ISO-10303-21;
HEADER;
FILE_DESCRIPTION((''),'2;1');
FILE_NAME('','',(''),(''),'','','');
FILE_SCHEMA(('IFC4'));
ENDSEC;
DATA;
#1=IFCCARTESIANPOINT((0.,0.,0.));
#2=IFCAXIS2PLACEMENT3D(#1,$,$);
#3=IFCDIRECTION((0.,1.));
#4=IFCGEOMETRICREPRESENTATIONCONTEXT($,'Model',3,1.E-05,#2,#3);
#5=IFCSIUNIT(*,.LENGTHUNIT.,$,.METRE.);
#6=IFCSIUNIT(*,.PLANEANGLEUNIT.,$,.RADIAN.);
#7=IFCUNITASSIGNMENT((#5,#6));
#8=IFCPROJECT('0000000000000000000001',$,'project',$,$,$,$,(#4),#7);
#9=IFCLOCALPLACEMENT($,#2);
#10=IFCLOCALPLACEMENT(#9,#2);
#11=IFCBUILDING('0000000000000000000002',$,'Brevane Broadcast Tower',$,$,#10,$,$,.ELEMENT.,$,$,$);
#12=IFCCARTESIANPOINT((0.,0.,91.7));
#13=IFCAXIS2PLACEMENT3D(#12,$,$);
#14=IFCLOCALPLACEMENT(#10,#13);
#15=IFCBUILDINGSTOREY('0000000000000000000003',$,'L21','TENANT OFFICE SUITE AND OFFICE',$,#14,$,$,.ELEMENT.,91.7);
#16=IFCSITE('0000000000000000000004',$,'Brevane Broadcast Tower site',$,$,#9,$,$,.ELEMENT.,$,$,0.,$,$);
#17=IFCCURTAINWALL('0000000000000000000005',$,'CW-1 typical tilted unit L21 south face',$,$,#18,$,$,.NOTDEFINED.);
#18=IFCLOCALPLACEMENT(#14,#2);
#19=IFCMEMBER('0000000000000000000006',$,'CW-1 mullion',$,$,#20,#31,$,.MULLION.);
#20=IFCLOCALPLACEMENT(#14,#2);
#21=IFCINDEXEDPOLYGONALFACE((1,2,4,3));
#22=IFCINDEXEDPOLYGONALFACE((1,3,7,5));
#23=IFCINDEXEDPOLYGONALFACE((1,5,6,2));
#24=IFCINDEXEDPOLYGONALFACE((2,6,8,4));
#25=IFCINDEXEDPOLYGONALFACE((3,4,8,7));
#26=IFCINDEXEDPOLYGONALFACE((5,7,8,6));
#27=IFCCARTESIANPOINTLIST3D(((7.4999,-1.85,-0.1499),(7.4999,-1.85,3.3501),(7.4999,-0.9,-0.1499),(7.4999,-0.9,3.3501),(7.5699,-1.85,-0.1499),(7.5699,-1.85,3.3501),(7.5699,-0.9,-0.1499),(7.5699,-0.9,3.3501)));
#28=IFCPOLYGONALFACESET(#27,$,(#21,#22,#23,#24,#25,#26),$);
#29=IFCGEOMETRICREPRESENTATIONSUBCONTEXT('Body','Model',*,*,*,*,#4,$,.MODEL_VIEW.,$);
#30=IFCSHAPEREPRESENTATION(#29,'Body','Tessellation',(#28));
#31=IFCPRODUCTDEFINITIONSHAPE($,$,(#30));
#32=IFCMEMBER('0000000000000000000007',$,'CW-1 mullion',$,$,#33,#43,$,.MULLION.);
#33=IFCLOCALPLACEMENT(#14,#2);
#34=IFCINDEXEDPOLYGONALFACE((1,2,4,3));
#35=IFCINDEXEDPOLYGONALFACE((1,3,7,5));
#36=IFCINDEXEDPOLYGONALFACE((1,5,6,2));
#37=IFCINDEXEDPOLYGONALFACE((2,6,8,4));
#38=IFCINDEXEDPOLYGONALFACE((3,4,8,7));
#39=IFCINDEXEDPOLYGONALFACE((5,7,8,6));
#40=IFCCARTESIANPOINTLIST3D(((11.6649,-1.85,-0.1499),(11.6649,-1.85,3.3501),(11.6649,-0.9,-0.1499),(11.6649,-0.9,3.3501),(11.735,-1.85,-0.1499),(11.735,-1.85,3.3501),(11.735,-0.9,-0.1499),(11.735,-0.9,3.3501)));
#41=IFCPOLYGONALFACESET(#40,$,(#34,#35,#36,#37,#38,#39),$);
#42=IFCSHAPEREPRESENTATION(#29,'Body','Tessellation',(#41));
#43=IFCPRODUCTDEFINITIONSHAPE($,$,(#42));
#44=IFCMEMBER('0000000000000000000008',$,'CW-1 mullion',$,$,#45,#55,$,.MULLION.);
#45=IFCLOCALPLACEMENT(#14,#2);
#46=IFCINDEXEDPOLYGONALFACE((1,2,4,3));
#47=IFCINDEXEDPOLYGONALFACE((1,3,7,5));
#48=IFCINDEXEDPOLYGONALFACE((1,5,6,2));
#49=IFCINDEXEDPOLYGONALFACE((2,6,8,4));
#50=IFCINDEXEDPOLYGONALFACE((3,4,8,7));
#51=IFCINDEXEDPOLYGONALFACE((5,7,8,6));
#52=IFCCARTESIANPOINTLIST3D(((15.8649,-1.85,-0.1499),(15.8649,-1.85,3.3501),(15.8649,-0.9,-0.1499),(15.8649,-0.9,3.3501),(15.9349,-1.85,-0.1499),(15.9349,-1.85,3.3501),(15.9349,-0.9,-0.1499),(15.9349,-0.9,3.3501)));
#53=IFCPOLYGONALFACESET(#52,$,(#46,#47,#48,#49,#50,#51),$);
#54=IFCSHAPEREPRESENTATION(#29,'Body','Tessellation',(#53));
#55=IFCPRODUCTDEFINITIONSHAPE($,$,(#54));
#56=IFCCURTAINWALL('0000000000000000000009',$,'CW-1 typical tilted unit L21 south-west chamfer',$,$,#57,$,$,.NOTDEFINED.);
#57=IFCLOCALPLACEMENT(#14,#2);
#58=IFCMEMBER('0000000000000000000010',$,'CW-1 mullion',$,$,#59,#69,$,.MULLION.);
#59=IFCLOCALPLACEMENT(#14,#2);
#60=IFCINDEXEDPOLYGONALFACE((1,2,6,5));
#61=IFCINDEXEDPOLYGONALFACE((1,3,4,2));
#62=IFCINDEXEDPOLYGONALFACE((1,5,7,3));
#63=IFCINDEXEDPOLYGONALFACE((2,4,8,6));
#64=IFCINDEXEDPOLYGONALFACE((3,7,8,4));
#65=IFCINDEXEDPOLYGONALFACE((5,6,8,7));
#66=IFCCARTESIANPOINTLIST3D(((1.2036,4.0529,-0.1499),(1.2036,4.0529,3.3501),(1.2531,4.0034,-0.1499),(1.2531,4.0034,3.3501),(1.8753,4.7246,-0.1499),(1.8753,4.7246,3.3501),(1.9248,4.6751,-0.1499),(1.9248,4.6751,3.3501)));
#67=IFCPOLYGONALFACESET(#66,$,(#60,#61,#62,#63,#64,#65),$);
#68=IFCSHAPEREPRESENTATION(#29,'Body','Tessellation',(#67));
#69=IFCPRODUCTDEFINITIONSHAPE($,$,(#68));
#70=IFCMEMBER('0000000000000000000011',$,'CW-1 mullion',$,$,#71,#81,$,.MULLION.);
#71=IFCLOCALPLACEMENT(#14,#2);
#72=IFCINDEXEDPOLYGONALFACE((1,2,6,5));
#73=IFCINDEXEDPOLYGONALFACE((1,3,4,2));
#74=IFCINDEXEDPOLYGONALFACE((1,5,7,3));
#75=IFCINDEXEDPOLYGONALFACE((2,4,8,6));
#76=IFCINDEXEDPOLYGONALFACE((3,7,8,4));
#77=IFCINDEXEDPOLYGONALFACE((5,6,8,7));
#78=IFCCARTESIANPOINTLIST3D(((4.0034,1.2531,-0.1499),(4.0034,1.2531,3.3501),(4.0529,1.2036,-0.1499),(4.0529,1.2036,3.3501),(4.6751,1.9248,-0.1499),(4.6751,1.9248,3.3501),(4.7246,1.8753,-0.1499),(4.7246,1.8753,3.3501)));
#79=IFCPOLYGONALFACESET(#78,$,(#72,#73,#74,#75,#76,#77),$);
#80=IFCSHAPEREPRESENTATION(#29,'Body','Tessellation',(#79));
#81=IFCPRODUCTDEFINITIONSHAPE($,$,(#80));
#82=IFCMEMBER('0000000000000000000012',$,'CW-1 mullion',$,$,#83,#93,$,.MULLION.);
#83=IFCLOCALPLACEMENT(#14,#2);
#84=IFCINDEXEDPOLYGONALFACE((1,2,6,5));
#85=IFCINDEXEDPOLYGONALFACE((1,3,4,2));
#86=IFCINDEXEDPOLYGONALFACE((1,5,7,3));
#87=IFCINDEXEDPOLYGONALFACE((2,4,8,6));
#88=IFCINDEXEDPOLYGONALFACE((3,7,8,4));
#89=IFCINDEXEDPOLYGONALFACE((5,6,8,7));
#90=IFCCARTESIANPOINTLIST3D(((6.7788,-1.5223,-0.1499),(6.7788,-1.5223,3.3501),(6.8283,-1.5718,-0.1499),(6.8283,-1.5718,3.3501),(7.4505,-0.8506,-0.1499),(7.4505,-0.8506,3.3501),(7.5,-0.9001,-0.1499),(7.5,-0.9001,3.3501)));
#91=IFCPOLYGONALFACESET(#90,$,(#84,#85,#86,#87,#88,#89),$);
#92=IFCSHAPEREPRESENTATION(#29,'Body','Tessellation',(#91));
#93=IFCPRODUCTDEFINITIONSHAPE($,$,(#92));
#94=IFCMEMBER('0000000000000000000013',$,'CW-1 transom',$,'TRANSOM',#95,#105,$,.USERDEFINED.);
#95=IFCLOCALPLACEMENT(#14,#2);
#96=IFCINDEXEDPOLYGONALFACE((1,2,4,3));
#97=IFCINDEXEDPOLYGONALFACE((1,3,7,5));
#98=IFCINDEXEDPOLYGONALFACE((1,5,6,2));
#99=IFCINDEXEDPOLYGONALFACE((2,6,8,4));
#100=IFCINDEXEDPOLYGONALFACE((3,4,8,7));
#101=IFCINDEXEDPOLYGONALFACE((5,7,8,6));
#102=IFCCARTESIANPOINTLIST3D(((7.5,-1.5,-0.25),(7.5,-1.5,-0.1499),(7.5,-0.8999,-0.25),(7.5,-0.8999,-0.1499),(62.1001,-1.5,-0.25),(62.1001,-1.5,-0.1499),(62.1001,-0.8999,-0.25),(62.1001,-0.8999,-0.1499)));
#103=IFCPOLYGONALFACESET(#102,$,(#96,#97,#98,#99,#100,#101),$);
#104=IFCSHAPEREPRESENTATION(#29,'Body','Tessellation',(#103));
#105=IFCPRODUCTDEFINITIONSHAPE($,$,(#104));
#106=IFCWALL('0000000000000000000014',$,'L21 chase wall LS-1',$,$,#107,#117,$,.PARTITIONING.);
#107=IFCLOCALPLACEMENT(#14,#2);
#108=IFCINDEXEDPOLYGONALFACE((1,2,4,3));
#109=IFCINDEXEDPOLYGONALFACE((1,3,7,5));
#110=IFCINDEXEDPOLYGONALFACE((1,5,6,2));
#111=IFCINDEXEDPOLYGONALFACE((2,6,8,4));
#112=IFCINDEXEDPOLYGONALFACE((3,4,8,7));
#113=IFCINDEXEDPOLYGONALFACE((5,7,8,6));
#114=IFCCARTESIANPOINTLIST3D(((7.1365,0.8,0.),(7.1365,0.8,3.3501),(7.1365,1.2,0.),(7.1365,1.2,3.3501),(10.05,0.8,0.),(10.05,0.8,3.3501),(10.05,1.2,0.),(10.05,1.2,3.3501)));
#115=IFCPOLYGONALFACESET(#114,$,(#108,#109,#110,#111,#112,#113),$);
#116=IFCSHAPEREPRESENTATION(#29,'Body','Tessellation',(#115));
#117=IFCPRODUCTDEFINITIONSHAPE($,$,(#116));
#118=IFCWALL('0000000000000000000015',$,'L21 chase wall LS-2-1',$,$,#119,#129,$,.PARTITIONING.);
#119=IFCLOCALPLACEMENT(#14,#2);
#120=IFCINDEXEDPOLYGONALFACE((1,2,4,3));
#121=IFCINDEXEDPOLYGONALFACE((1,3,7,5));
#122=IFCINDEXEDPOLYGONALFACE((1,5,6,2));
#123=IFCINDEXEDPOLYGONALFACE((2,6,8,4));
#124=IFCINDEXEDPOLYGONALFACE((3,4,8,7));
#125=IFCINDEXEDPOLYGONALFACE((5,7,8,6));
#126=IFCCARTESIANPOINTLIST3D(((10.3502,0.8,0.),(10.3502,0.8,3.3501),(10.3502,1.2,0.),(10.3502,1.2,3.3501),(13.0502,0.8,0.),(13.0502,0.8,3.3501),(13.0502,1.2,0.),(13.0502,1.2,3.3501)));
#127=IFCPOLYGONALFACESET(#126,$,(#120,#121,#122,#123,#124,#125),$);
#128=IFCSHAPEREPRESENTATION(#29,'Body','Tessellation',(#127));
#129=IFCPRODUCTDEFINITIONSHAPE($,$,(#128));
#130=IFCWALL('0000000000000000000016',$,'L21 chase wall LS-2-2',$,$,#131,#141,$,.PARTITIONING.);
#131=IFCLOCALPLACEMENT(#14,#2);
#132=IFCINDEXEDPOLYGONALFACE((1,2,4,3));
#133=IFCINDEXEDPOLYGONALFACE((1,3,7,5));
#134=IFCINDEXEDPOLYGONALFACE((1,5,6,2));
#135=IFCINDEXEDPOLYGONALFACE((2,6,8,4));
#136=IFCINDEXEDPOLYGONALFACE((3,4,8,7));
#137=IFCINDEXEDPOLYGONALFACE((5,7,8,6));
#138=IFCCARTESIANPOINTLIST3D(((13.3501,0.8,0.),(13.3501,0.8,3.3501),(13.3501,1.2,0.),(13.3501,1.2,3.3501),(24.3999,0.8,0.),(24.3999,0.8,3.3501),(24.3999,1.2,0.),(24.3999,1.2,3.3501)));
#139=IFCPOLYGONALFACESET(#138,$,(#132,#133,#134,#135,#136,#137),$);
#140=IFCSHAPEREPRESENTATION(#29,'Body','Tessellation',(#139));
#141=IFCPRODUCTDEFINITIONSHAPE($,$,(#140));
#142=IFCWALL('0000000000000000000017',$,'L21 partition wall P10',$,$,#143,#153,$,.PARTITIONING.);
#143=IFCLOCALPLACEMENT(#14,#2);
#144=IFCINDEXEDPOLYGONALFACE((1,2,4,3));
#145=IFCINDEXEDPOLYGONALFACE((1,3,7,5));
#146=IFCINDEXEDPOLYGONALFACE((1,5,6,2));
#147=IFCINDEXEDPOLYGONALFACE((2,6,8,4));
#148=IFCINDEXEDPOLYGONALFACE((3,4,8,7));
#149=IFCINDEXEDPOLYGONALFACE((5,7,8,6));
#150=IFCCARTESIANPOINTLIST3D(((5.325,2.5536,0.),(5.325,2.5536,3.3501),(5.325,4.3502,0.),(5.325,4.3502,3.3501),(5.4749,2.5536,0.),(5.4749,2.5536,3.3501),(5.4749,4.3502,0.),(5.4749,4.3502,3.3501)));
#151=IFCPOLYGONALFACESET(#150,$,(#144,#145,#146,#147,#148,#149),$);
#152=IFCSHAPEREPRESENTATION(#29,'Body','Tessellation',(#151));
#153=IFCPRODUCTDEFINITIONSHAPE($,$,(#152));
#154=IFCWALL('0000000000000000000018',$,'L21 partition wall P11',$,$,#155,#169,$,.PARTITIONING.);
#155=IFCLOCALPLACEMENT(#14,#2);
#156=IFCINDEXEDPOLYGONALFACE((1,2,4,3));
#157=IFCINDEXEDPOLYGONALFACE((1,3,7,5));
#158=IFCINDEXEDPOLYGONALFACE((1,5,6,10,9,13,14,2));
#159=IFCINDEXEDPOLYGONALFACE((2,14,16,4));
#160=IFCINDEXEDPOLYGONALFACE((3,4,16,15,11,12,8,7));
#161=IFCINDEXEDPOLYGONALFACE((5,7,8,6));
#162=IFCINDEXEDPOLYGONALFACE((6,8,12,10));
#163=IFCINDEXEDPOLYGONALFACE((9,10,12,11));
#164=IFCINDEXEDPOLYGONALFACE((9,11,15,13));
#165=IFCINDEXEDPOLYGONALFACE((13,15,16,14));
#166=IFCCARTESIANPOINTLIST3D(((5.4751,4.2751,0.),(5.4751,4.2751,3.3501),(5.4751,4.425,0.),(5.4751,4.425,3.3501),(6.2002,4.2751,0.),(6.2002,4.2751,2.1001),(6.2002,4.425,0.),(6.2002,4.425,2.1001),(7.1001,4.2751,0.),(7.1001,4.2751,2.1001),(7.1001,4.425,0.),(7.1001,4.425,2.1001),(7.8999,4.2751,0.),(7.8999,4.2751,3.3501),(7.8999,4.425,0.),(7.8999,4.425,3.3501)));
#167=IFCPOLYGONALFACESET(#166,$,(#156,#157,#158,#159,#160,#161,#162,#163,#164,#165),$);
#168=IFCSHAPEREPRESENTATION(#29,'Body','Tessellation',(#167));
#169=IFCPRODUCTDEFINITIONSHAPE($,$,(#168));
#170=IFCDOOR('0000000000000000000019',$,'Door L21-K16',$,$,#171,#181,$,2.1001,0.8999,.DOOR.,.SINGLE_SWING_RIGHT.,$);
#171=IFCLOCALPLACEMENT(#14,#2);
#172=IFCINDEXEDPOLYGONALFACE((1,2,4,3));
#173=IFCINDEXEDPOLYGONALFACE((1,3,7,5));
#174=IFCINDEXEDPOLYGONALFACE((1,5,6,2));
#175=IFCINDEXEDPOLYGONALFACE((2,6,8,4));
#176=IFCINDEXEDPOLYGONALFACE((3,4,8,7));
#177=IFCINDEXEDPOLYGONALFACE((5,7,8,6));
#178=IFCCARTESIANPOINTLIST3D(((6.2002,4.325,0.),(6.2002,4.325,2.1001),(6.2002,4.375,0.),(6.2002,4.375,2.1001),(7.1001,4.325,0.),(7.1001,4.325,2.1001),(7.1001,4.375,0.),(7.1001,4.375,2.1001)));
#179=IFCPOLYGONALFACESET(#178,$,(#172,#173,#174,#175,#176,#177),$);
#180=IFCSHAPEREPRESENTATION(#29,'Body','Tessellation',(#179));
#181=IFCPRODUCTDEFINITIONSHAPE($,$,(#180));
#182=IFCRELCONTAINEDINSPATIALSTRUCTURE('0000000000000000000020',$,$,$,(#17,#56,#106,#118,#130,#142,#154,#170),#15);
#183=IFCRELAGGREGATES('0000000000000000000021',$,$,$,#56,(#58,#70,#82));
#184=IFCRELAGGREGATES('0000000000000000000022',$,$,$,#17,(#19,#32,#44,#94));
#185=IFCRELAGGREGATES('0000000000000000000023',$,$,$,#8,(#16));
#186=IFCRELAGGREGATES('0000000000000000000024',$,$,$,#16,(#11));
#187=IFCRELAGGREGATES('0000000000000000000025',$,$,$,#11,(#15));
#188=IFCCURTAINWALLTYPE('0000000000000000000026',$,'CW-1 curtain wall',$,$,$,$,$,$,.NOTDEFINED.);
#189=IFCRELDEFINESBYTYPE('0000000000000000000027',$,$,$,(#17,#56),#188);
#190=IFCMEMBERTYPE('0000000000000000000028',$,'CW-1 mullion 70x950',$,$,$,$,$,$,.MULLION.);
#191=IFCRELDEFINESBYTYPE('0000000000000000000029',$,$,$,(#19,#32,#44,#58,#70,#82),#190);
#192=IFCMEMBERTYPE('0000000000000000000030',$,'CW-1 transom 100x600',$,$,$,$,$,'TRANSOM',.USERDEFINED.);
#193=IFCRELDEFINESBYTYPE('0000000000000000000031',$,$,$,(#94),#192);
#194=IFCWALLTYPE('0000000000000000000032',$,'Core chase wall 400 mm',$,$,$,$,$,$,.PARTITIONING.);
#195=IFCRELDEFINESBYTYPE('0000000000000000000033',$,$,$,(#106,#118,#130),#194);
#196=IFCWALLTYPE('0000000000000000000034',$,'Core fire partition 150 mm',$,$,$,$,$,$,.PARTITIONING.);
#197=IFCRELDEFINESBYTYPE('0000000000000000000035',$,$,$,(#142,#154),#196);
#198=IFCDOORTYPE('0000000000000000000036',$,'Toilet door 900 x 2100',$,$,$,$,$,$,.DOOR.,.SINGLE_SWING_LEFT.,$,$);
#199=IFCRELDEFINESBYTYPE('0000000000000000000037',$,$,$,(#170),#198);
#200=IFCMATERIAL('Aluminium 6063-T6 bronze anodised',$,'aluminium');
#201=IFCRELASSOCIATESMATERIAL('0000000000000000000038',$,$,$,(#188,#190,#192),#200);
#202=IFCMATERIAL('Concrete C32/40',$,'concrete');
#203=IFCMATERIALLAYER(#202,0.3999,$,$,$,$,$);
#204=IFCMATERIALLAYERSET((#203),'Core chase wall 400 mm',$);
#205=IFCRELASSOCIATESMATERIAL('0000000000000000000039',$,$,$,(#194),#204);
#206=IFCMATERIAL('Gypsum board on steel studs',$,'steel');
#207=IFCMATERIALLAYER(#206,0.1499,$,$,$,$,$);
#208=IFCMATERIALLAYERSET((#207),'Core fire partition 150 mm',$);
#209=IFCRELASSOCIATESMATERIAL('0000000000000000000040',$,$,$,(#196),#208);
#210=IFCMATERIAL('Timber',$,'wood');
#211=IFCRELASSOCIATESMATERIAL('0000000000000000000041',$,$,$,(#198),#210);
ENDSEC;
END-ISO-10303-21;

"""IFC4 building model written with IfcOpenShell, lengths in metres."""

from ifc_helpers import new_model, si_unit, direction, frame, frame_2d, origin, origin_2d, place, context, subcontext, project, spatial, rectangle, extrude, material, layer, layer_set, material_profile, profile_set, type_object, element, fill, aggregate, save


model = new_model("IFC4")

# Units and contexts
model_context = context("Model", 3, precision=1e-05, world=origin(), true_north=direction((0.0, 1.0)))
body_context = subcontext(model_context, "Body", "Model", "MODEL_VIEW")
ifc_project = project(units=[si_unit("LENGTHUNIT", "METRE"), si_unit("PLANEANGLEUNIT", "RADIAN")], contexts=[model_context])

# Site, building, storey
site_placement = place(None, origin())
site = spatial("IfcSite", under=ifc_project, at=site_placement, Name="Brevane Broadcast Tower site", CompositionType="ELEMENT", RefElevation=0.0)
building_placement = place(site_placement, origin())
building = spatial("IfcBuilding", under=site, at=building_placement, Name="Brevane Broadcast Tower", CompositionType="ELEMENT")
storey_placement = place(building_placement, frame((0.0, 0.0, 91.7)))
storey = spatial("IfcBuildingStorey", under=building, at=storey_placement, Name="L21", Description="TENANT OFFICE SUITE AND OFFICE", CompositionType="ELEMENT", Elevation=91.7)

# Curtain walls, members
ifc_material_1 = material(Name="Aluminium 6063-T6 bronze anodised", Category="aluminium")
curtain_wall_type = type_object("IfcCurtainWallType", Name="CW-1 curtain wall", PredefinedType="NOTDEFINED", material=ifc_material_1)
curtain_wall_1_placement = place(storey_placement, origin())
curtain_wall_1 = element("IfcCurtainWall", 1, at=curtain_wall_1_placement, inside=storey, type_object=curtain_wall_type, Name="CW-1 typical tilted unit L21 south face", PredefinedType="NOTDEFINED")
ifc_material_profile_1 = material_profile(ifc_material_1, rectangle(XDim=0.95, YDim=0.0701, at=origin_2d()), Name="RECT 70x950")
ifc_profile_set_1 = profile_set([ifc_material_profile_1], Name="Aluminium 6063-T6 bronze anodised")
member_type_1 = type_object("IfcMemberType", Name="CW-1 mullion 70x950", PredefinedType="MULLION", material=ifc_profile_set_1)
member_1_placement = place(storey_placement, frame((7.5349, -1.375, -0.1499), z_axis=(0.0, 0.0, 1.0), x_axis=(0.0, 1.0, 0.0)))
member_1 = element("IfcMember", 2, at=member_1_placement, type_object=member_type_1, Name="CW-1 mullion", PredefinedType="MULLION", context=body_context, shape_type="SweptSolid", body=[
    extrude(rectangle(XDim=0.95, YDim=0.0701, at=origin_2d()), origin(), (0.0, 0.0, 1.0), 3.5),
])
member_2_placement = place(storey_placement, frame((11.7, -1.375, -0.1499), z_axis=(0.0, 0.0, 1.0), x_axis=(0.0, 1.0, 0.0)))
member_2 = element("IfcMember", 3, at=member_2_placement, type_object=member_type_1, Name="CW-1 mullion", PredefinedType="MULLION", context=body_context, shape_type="SweptSolid", body=[
    extrude(rectangle(XDim=0.95, YDim=0.0701, at=origin_2d()), origin(), (0.0, 0.0, 1.0), 3.5),
])
member_3_placement = place(storey_placement, frame((15.8999, -1.375, -0.1499), z_axis=(0.0, 0.0, 1.0), x_axis=(0.0, 1.0, 0.0)))
member_3 = element("IfcMember", 4, at=member_3_placement, type_object=member_type_1, Name="CW-1 mullion", PredefinedType="MULLION", context=body_context, shape_type="SweptSolid", body=[
    extrude(rectangle(XDim=0.95, YDim=0.0701, at=origin_2d()), origin(), (0.0, 0.0, 1.0), 3.5),
])
curtain_wall_2_placement = place(storey_placement, origin())
curtain_wall_2 = element("IfcCurtainWall", 5, at=curtain_wall_2_placement, inside=storey, type_object=curtain_wall_type, Name="CW-1 typical tilted unit L21 south-west chamfer", PredefinedType="NOTDEFINED")
member_4_placement = place(storey_placement, frame((1.5642, 4.364, -0.1499), z_axis=(0.0, 0.0, 1.0), x_axis=(0.707107, 0.707107, 0.0)))
member_4 = element("IfcMember", 6, at=member_4_placement, type_object=member_type_1, Name="CW-1 mullion", PredefinedType="MULLION", context=body_context, shape_type="SweptSolid", body=[
    extrude(rectangle(XDim=0.95, YDim=0.0701, at=origin_2d()), origin(), (0.0, 0.0, 1.0), 3.5),
])
member_5_placement = place(storey_placement, frame((4.364, 1.5642, -0.1499), z_axis=(0.0, 0.0, 1.0), x_axis=(0.707107, 0.707107, 0.0)))
member_5 = element("IfcMember", 7, at=member_5_placement, type_object=member_type_1, Name="CW-1 mullion", PredefinedType="MULLION", context=body_context, shape_type="SweptSolid", body=[
    extrude(rectangle(XDim=0.95, YDim=0.0701, at=origin_2d()), origin(), (0.0, 0.0, 1.0), 3.5),
])
member_6_placement = place(storey_placement, frame((7.1394, -1.2112, -0.1499), z_axis=(0.0, 0.0, 1.0), x_axis=(0.707107, 0.707107, 0.0)))
member_6 = element("IfcMember", 8, at=member_6_placement, type_object=member_type_1, Name="CW-1 mullion", PredefinedType="MULLION", context=body_context, shape_type="SweptSolid", body=[
    extrude(rectangle(XDim=0.95, YDim=0.0701, at=origin_2d()), origin(), (0.0, 0.0, 1.0), 3.5),
])
aggregate(curtain_wall_2, [member_4, member_5, member_6])

# Member
ifc_material_profile_2 = material_profile(ifc_material_1, rectangle(XDim=0.6001, YDim=0.1001, at=origin_2d()), Name="RECT 100x600")
ifc_profile_set_2 = profile_set([ifc_material_profile_2], Name="Aluminium 6063-T6 bronze anodised")
member_type_2 = type_object("IfcMemberType", Name="CW-1 transom 100x600", ElementType="TRANSOM", PredefinedType="USERDEFINED", material=ifc_profile_set_2)
member_7_placement = place(storey_placement, frame((7.5, -1.2, -0.2), z_axis=(1.0, 0.0, 0.0), x_axis=(0.0, 1.0, 0.0)))
member_7 = element("IfcMember", 9, at=member_7_placement, type_object=member_type_2, Name="CW-1 transom", ObjectType="TRANSOM", PredefinedType="USERDEFINED", context=body_context, shape_type="SweptSolid", body=[
    extrude(rectangle(XDim=0.6001, YDim=0.1001, at=origin_2d()), origin(), (0.0, 0.0, 1.0), 54.6001),
])
aggregate(curtain_wall_1, [member_1, member_2, member_3, member_7])

# Walls
ifc_material_2 = material(Name="Concrete C32/40", Category="concrete")
ifc_layer_1 = layer(ifc_material_2, 0.3999)
ifc_layer_set_1 = layer_set([ifc_layer_1], Name="Core chase wall 400 mm")
wall_type_1 = type_object("IfcWallType", Name="Core chase wall 400 mm", PredefinedType="PARTITIONING", material=ifc_layer_set_1)
wall_1_placement = place(storey_placement, frame((7.1365, 1.0, 0.0), z_axis=(0.0, 0.0, 1.0), x_axis=(1.0, 0.0, 0.0)))
element("IfcWall", 10, at=wall_1_placement, inside=storey, type_object=wall_type_1, Name="L21 chase wall LS-1", PredefinedType="PARTITIONING", context=body_context, shape_type="SweptSolid", body=[
    extrude(rectangle(XDim=2.9136, YDim=0.3999, at=frame_2d((1.4568, 0.0))), origin(), (0.0, 0.0, 1.0), 3.3501),
])
wall_2_placement = place(storey_placement, frame((10.3501, 1.0, 0.0), z_axis=(0.0, 0.0, 1.0), x_axis=(1.0, 0.0, 0.0)))
element("IfcWall", 11, at=wall_2_placement, inside=storey, type_object=wall_type_1, Name="L21 chase wall LS-2-1", PredefinedType="PARTITIONING", context=body_context, shape_type="SweptSolid", body=[
    extrude(rectangle(XDim=2.7, YDim=0.3999, at=frame_2d((1.3501, 0.0))), origin(), (0.0, 0.0, 1.0), 3.3501),
])
wall_3_placement = place(storey_placement, frame((13.3501, 1.0, 0.0), z_axis=(0.0, 0.0, 1.0), x_axis=(1.0, 0.0, 0.0)))
element("IfcWall", 12, at=wall_3_placement, inside=storey, type_object=wall_type_1, Name="L21 chase wall LS-2-2", PredefinedType="PARTITIONING", context=body_context, shape_type="SweptSolid", body=[
    extrude(rectangle(XDim=11.0498, YDim=0.3999, at=frame_2d((5.5249, 0.0))), origin(), (0.0, 0.0, 1.0), 3.3501),
])
ifc_material_3 = material(Name="Gypsum board on steel studs", Category="steel")
ifc_layer_2 = layer(ifc_material_3, 0.1499)
ifc_layer_set_2 = layer_set([ifc_layer_2], Name="Core fire partition 150 mm")
wall_type_2 = type_object("IfcWallType", Name="Core fire partition 150 mm", PredefinedType="PARTITIONING", material=ifc_layer_set_2)
wall_4_placement = place(storey_placement, frame((5.3999, 2.5535, 0.0), z_axis=(0.0, 0.0, 1.0), x_axis=(0.0, 1.0, 0.0)))
element("IfcWall", 13, at=wall_4_placement, inside=storey, type_object=wall_type_2, Name="L21 partition wall P10", PredefinedType="PARTITIONING", context=body_context, shape_type="SweptSolid", body=[
    extrude(rectangle(XDim=1.7966, YDim=0.1499, at=frame_2d((0.8984, 0.0))), origin(), (0.0, 0.0, 1.0), 3.3501),
])

# Wall, opening, door
wall_5_placement = place(storey_placement, frame((5.4751, 4.3501, 0.0), z_axis=(0.0, 0.0, 1.0), x_axis=(1.0, 0.0, 0.0)))
wall_5 = element("IfcWall", 14, at=wall_5_placement, inside=storey, type_object=wall_type_2, Name="L21 partition wall P11", PredefinedType="PARTITIONING", context=body_context, shape_type="SweptSolid", body=[
    extrude(rectangle(XDim=2.4248, YDim=0.1499, at=frame_2d((1.2124, 0.0))), origin(), (0.0, 0.0, 1.0), 3.3501),
])
opening_1_placement = place(wall_5_placement, frame((0.7251, 0.0, 0.0)))
opening_1 = element("IfcOpeningElement", 15, at=opening_1_placement, cuts=wall_5, PredefinedType="OPENING", context=body_context, shape_type="SweptSolid", body=[
    extrude(rectangle(XDim=0.8999, YDim=2.1001, at=frame_2d((0.45, 1.05))), frame((0.0, 0.085, 0.0), z_axis=(0.0, -1.0, 0.0), x_axis=(1.0, 0.0, 0.0)), (0.0, 0.0, 1.0), 0.1699),
])
ifc_material_4 = material(Name="Timber", Category="wood")
door_type_1 = type_object("IfcDoorType", Name="Toilet door 900 x 2100", OperationType="SINGLE_SWING_LEFT", PredefinedType="DOOR", material=ifc_material_4)
door_1_placement = place(opening_1_placement, origin())
door_1 = element("IfcDoor", 16, at=door_1_placement, inside=storey, type_object=door_type_1, Name="Door L21-K16", OperationType="SINGLE_SWING_RIGHT", OverallHeight=2.1001, OverallWidth=0.8999, PredefinedType="DOOR", context=body_context, shape_type="SweptSolid", body=[
    extrude(rectangle(XDim=0.8999, YDim=2.1001, at=frame_2d((0.45, 1.05))), frame((0.0, 0.0249, 0.0), z_axis=(0.0, -1.0, 0.0), x_axis=(1.0, 0.0, 0.0)), (0.0, 0.0, 1.0), 0.05),
])
fill(opening_1, door_1)

save(model, "model.ifc")
